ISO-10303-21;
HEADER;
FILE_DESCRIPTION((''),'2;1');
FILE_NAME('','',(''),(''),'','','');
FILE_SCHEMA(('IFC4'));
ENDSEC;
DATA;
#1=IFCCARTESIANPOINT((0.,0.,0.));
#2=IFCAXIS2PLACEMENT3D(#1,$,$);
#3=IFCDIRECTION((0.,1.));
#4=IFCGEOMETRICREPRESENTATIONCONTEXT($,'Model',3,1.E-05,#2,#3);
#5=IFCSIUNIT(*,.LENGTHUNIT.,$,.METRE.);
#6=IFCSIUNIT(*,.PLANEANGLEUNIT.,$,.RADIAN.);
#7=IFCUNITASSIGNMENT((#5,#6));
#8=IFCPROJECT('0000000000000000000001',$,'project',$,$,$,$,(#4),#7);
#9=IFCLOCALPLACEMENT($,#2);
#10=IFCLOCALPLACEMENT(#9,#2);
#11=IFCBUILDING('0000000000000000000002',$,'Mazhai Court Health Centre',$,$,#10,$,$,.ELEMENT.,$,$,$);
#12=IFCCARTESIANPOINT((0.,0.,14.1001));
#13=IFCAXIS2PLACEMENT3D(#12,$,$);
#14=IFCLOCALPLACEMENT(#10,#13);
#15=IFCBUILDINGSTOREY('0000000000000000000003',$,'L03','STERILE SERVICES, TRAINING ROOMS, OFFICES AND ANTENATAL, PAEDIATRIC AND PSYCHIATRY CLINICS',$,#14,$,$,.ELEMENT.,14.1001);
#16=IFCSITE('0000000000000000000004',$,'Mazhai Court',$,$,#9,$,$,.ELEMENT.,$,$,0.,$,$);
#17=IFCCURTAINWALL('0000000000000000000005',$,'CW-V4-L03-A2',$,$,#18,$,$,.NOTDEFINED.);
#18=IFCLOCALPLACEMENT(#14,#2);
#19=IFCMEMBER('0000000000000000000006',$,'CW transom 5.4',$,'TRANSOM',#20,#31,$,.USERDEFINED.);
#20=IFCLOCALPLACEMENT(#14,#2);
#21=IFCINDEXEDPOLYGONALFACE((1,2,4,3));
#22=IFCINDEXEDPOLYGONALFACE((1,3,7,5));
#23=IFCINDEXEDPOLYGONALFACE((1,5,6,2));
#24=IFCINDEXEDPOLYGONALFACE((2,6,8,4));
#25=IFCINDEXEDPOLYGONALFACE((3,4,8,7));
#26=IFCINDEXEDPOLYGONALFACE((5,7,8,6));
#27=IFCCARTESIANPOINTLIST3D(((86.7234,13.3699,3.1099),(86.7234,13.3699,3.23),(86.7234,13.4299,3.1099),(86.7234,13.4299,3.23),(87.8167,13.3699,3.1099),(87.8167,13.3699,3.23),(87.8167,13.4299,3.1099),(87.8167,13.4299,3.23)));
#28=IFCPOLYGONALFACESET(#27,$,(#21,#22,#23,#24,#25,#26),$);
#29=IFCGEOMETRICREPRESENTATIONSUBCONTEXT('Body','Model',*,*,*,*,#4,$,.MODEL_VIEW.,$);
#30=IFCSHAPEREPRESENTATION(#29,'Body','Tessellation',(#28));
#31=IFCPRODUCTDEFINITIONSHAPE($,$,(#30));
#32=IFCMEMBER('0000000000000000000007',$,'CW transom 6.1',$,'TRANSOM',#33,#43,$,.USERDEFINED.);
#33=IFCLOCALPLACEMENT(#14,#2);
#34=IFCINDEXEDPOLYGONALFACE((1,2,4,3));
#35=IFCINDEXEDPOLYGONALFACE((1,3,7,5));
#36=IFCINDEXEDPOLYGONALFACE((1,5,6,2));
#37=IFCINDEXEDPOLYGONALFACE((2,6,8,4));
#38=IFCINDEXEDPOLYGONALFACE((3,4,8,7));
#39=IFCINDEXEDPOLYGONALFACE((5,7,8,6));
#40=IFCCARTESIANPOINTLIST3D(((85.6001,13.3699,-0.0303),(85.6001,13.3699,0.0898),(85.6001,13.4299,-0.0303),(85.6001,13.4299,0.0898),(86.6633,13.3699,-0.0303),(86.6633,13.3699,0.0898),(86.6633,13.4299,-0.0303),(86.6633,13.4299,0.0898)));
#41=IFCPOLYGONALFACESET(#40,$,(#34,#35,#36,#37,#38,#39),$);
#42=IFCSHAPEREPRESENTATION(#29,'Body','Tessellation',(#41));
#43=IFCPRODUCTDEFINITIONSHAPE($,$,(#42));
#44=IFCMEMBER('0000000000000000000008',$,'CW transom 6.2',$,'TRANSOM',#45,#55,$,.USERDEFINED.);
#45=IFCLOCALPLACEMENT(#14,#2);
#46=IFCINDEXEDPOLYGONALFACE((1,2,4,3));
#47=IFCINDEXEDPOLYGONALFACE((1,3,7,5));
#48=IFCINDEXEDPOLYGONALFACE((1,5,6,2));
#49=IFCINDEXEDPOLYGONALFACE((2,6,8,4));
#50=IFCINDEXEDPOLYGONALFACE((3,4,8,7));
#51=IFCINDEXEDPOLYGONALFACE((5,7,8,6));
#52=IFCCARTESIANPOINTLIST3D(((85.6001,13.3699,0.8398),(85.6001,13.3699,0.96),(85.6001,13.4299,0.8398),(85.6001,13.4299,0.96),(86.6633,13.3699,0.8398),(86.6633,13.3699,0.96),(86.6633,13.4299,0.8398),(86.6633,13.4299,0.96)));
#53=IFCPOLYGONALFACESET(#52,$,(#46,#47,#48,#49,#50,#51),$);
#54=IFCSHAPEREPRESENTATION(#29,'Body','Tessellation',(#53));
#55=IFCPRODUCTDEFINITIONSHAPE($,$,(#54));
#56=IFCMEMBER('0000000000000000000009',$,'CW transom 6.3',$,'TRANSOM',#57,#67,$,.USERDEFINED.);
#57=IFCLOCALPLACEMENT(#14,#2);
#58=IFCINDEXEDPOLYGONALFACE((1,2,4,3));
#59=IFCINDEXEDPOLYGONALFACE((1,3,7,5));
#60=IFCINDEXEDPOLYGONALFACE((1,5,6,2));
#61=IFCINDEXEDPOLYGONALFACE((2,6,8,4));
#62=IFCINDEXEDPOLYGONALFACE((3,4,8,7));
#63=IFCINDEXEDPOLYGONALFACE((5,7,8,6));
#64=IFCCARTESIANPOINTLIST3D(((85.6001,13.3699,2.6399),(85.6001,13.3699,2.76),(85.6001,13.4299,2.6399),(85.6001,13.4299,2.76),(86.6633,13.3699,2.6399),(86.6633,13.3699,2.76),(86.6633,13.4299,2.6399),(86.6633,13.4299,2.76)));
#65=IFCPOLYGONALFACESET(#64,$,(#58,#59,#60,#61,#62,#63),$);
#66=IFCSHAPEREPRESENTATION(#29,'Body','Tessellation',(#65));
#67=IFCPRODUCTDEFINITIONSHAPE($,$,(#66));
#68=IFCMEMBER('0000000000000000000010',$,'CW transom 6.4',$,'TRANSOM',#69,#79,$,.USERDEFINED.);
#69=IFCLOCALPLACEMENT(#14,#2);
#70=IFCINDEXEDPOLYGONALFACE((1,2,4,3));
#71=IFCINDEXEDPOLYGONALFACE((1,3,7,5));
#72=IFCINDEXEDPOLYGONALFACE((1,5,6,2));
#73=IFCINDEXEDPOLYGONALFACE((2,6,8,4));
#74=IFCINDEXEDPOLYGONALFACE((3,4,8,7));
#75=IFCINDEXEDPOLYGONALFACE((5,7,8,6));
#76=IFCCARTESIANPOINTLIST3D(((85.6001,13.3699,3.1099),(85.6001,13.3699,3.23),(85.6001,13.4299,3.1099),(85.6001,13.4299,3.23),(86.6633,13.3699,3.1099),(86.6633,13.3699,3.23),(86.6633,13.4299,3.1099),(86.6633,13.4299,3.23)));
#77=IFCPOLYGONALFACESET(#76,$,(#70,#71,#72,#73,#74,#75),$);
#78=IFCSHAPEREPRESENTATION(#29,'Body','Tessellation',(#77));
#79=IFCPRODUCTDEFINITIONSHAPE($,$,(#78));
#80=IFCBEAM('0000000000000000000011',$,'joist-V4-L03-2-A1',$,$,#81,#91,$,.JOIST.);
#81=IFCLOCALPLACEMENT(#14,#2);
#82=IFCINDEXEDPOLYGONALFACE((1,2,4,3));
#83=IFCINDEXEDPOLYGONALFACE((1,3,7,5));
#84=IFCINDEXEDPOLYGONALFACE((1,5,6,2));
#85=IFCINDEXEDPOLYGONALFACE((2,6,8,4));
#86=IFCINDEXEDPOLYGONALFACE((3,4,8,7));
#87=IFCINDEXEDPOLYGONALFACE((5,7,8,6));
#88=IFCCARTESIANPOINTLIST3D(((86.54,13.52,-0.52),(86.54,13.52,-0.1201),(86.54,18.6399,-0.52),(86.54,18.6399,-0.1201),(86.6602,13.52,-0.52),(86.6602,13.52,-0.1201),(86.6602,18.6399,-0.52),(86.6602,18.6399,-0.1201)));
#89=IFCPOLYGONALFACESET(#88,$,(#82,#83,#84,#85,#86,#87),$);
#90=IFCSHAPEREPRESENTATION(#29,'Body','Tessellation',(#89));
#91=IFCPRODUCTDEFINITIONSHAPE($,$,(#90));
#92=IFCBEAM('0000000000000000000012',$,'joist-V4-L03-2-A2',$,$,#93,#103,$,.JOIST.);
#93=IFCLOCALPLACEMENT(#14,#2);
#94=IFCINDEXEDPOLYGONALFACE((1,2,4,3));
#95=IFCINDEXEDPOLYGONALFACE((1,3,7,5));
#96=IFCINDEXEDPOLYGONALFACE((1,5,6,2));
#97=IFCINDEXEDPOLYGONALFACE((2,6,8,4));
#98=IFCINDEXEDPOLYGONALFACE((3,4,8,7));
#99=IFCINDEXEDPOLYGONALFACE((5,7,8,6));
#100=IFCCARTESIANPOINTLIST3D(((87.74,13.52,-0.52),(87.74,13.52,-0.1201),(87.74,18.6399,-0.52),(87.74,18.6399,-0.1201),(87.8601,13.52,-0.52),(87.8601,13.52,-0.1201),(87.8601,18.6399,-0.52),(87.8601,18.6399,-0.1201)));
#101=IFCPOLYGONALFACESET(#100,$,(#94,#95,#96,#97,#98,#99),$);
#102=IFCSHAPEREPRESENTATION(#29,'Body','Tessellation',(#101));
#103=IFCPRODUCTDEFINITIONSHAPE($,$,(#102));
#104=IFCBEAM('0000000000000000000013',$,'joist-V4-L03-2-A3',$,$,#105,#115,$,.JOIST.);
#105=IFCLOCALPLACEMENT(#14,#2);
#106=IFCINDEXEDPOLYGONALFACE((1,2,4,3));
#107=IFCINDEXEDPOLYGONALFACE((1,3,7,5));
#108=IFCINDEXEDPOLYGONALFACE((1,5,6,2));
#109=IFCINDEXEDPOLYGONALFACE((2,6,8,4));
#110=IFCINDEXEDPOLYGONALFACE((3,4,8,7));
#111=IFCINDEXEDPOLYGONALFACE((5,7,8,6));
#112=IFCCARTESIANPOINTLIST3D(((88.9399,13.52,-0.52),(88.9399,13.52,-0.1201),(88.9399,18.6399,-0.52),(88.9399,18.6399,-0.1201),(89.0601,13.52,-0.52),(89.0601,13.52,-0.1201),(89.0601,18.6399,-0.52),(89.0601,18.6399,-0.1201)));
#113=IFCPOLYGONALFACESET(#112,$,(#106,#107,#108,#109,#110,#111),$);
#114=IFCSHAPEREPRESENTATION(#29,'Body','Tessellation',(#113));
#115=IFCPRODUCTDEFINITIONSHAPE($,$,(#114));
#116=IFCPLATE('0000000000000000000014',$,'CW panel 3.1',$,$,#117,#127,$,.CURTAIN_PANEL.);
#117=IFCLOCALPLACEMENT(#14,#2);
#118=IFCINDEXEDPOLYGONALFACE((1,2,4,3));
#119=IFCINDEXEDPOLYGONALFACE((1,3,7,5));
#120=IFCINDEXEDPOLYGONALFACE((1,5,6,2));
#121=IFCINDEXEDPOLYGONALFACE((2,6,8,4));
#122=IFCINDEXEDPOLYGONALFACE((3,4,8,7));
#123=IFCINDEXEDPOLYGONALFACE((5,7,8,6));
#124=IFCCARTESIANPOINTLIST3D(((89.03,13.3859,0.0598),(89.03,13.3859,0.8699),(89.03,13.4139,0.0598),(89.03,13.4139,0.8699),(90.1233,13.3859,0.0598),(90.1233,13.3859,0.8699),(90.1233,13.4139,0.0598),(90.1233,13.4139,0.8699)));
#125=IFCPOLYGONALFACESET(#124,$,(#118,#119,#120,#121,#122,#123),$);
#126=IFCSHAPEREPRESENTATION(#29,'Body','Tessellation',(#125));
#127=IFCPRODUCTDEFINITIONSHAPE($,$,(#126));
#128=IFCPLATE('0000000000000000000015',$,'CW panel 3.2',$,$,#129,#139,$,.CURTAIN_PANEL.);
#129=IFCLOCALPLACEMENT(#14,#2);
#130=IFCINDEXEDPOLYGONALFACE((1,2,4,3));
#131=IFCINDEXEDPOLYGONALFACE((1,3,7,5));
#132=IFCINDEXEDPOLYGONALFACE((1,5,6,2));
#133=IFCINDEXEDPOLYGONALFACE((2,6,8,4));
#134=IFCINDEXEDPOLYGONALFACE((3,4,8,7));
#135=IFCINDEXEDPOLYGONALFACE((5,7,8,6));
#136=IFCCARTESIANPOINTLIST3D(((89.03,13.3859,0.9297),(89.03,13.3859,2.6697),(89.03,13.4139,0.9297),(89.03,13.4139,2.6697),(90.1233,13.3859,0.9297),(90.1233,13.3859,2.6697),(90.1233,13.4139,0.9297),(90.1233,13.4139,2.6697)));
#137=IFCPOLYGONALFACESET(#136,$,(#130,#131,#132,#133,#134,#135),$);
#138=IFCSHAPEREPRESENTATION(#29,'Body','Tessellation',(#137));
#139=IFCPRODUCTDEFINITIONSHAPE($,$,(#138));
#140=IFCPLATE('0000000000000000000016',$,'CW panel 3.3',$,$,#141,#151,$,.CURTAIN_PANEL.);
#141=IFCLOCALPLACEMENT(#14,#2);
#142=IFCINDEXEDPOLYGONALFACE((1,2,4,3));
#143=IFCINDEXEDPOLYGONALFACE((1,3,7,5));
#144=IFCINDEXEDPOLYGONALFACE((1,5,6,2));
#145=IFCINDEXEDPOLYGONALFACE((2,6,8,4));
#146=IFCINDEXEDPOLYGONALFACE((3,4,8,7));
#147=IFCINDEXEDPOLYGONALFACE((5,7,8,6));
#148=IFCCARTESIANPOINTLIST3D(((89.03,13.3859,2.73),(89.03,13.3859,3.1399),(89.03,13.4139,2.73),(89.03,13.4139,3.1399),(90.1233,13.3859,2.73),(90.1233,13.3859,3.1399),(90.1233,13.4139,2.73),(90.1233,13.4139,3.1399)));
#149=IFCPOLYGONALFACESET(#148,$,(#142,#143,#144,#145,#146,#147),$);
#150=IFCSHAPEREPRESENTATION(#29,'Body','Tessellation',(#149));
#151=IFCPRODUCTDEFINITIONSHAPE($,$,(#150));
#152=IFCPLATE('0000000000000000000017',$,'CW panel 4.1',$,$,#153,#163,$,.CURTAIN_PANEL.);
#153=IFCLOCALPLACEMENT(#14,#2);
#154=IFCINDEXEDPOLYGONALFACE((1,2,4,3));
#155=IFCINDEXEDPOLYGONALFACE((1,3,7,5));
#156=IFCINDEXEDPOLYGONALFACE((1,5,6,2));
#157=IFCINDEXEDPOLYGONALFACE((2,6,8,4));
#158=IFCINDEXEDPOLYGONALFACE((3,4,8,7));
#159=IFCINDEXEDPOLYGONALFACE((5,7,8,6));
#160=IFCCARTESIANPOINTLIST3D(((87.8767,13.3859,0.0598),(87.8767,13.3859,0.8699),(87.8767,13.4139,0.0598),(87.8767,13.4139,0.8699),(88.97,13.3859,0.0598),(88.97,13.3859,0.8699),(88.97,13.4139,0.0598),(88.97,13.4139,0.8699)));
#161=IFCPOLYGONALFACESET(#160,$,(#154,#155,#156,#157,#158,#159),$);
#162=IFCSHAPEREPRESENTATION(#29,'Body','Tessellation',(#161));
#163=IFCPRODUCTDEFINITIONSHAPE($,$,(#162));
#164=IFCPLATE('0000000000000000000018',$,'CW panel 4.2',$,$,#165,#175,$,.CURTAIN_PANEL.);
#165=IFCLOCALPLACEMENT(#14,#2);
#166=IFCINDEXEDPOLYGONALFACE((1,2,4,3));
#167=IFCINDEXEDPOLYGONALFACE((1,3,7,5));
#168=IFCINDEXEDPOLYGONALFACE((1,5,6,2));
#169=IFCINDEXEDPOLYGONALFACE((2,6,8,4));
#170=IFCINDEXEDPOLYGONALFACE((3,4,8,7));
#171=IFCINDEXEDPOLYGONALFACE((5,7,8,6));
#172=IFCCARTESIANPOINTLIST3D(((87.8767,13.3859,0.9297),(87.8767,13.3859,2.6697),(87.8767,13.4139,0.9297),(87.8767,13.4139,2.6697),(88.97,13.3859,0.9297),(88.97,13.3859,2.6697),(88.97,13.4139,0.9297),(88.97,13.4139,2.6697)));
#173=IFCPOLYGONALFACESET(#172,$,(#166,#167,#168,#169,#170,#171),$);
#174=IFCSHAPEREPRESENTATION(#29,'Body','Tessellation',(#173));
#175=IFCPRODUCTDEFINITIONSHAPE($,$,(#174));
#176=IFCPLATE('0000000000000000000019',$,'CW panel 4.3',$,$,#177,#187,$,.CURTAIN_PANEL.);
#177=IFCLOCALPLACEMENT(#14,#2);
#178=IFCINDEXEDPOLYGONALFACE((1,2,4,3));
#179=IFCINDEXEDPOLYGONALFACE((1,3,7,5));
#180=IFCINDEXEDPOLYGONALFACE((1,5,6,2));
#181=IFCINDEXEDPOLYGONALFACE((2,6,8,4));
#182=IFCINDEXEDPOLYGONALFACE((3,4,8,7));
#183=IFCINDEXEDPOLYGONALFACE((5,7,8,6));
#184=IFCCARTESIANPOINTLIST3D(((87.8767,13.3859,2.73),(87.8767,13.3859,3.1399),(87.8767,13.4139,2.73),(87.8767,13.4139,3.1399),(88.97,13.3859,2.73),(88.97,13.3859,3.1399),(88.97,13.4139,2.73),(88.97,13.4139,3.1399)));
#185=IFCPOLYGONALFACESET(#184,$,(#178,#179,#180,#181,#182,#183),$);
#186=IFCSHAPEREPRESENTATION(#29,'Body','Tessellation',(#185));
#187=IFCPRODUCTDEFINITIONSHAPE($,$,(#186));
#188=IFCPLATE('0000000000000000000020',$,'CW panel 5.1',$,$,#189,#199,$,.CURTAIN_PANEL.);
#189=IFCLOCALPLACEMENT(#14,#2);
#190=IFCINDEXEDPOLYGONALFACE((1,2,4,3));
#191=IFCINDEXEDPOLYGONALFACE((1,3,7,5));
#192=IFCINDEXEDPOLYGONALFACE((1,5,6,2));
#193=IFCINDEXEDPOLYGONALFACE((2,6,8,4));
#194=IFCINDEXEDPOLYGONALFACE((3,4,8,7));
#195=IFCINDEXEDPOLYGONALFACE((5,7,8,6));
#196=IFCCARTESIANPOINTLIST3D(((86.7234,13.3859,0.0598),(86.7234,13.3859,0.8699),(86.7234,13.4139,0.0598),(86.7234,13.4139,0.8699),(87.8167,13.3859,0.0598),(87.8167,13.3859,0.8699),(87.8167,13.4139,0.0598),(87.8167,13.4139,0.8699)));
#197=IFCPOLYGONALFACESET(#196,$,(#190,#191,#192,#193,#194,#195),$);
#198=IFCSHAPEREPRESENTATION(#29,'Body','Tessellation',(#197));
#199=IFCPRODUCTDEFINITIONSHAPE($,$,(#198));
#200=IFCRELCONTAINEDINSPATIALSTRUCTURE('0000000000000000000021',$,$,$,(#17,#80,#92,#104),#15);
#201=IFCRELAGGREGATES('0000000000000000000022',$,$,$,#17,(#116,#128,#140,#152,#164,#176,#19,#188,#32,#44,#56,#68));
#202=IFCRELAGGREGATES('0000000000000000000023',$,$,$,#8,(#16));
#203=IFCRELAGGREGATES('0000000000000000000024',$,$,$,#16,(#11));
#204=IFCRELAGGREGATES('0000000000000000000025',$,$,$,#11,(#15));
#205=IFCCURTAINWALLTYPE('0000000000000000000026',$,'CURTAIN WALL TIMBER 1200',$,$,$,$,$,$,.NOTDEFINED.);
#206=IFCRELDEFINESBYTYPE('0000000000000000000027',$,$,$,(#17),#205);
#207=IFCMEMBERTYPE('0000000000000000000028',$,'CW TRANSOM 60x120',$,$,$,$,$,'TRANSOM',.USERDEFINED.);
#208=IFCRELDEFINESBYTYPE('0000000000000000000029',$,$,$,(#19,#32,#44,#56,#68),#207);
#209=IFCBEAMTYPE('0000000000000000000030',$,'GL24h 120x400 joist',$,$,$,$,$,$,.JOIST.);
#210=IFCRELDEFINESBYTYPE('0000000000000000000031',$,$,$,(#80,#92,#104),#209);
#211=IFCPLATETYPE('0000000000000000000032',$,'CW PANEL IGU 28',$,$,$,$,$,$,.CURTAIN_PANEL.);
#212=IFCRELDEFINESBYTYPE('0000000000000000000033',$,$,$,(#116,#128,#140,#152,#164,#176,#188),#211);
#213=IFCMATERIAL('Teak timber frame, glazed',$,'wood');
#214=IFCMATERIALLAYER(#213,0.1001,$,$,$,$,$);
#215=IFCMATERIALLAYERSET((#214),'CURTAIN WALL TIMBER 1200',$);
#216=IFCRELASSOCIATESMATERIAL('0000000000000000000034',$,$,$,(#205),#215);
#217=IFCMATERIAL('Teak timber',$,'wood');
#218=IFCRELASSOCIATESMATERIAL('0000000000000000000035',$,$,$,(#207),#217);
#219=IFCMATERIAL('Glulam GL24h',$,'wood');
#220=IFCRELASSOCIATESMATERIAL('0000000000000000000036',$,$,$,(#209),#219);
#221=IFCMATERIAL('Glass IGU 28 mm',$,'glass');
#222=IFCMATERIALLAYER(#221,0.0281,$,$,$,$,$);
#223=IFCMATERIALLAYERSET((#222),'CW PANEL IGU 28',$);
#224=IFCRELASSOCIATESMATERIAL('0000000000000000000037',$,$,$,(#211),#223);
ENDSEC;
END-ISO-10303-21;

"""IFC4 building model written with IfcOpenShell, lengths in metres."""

from ifc_helpers import new_model, si_unit, direction, frame, origin, origin_2d, place, context, subcontext, project, spatial, rectangle, extrude, material, layer, layer_set, material_profile, profile_set, type_object, element, aggregate, save


model = new_model("IFC4")

# Units and contexts
model_context = context("Model", 3, precision=1e-05, world=origin(), true_north=direction((0.0, 1.0)))
body_context = subcontext(model_context, "Body", "Model", "MODEL_VIEW")
ifc_project = project(units=[si_unit("LENGTHUNIT", "METRE"), si_unit("PLANEANGLEUNIT", "RADIAN")], contexts=[model_context])

# Site, building, storey
site_placement = place(None, origin())
site = spatial("IfcSite", under=ifc_project, at=site_placement, Name="Mazhai Court", CompositionType="ELEMENT", RefElevation=0.0)
building_placement = place(site_placement, origin())
building = spatial("IfcBuilding", under=site, at=building_placement, Name="Mazhai Court Health Centre", CompositionType="ELEMENT")
storey_placement = place(building_placement, frame((0.0, 0.0, 14.1001)))
storey = spatial("IfcBuildingStorey", under=building, at=storey_placement, Name="L03", Description="STERILE SERVICES, TRAINING ROOMS, OFFICES AND ANTENATAL, PAEDIATRIC AND PSYCHIATRY CLINICS", CompositionType="ELEMENT", Elevation=14.1001)

# Curtain wall, members
ifc_material_1 = material(Name="Teak timber frame, glazed", Category="wood")
ifc_layer_1 = layer(ifc_material_1, 0.1001)
ifc_layer_set_1 = layer_set([ifc_layer_1], Name="CURTAIN WALL TIMBER 1200")
curtain_wall_type = type_object("IfcCurtainWallType", Name="CURTAIN WALL TIMBER 1200", PredefinedType="NOTDEFINED", material=ifc_layer_set_1)
curtain_wall_placement = place(storey_placement, origin())
curtain_wall = element("IfcCurtainWall", 1, at=curtain_wall_placement, inside=storey, type_object=curtain_wall_type, Name="CW-V4-L03-A2", PredefinedType="NOTDEFINED")
ifc_material_2 = material(Name="Teak timber", Category="wood")
ifc_material_profile_1 = material_profile(ifc_material_2, rectangle(XDim=0.0601, YDim=0.1201, at=origin_2d()), Name="CW TRANSOM 60x120")
ifc_profile_set_1 = profile_set([ifc_material_profile_1], Name="Teak timber")
member_type_1 = type_object("IfcMemberType", Name="CW TRANSOM 60x120", ElementType="TRANSOM", PredefinedType="USERDEFINED", material=ifc_profile_set_1)
member_1_placement = place(storey_placement, frame((87.8167, 13.3999, 3.1699), z_axis=(-1.0, 0.0, 0.0), x_axis=(0.0, -1.0, 0.0)))
member_1 = element("IfcMember", 2, at=member_1_placement, type_object=member_type_1, Name="CW transom 5.4", ObjectType="TRANSOM", PredefinedType="USERDEFINED", context=body_context, shape_type="SweptSolid", body=[
    extrude(rectangle(XDim=0.0601, YDim=0.1201, at=origin_2d()), origin(), (0.0, 0.0, 1.0), 1.0933),
])
member_2_placement = place(storey_placement, frame((86.6633, 13.3999, 0.0298), z_axis=(-1.0, 0.0, 0.0), x_axis=(0.0, -1.0, 0.0)))
member_2 = element("IfcMember", 3, at=member_2_placement, type_object=member_type_1, Name="CW transom 6.1", ObjectType="TRANSOM", PredefinedType="USERDEFINED", context=body_context, shape_type="SweptSolid", body=[
    extrude(rectangle(XDim=0.0601, YDim=0.1201, at=origin_2d()), origin(), (0.0, 0.0, 1.0), 1.0632),
])
member_3_placement = place(storey_placement, frame((86.6633, 13.3999, 0.8999), z_axis=(-1.0, 0.0, 0.0), x_axis=(0.0, -1.0, 0.0)))
member_3 = element("IfcMember", 4, at=member_3_placement, type_object=member_type_1, Name="CW transom 6.2", ObjectType="TRANSOM", PredefinedType="USERDEFINED", context=body_context, shape_type="SweptSolid", body=[
    extrude(rectangle(XDim=0.0601, YDim=0.1201, at=origin_2d()), origin(), (0.0, 0.0, 1.0), 1.0632),
])
member_4_placement = place(storey_placement, frame((86.6633, 13.3999, 2.7), z_axis=(-1.0, 0.0, 0.0), x_axis=(0.0, -1.0, 0.0)))
member_4 = element("IfcMember", 5, at=member_4_placement, type_object=member_type_1, Name="CW transom 6.3", ObjectType="TRANSOM", PredefinedType="USERDEFINED", context=body_context, shape_type="SweptSolid", body=[
    extrude(rectangle(XDim=0.0601, YDim=0.1201, at=origin_2d()), origin(), (0.0, 0.0, 1.0), 1.0632),
])
member_5_placement = place(storey_placement, frame((86.6633, 13.3999, 3.1699), z_axis=(-1.0, 0.0, 0.0), x_axis=(0.0, -1.0, 0.0)))
member_5 = element("IfcMember", 6, at=member_5_placement, type_object=member_type_1, Name="CW transom 6.4", ObjectType="TRANSOM", PredefinedType="USERDEFINED", context=body_context, shape_type="SweptSolid", body=[
    extrude(rectangle(XDim=0.0601, YDim=0.1201, at=origin_2d()), origin(), (0.0, 0.0, 1.0), 1.0632),
])

# Beams
ifc_material_3 = material(Name="Glulam GL24h", Category="wood")
ifc_material_profile_2 = material_profile(ifc_material_3, rectangle(XDim=0.1201, YDim=0.3999, at=origin_2d()), Name="GL24h 120x400")
ifc_profile_set_2 = profile_set([ifc_material_profile_2], Name="Glulam GL24h")
beam_type = type_object("IfcBeamType", Name="GL24h 120x400 joist", PredefinedType="JOIST", material=ifc_profile_set_2)
for number, where, z_axis, x_axis, name in (
    (7, (86.6001, 13.52, -0.3201), (0.0, 1.0, 0.0), (-1.0, 0.0, 0.0), "joist-V4-L03-2-A1"),
    (8, (87.8, 13.52, -0.3201), (0.0, 1.0, 0.0), (-1.0, 0.0, 0.0), "joist-V4-L03-2-A2"),
    (9, (89.0, 13.52, -0.3201), (0.0, 1.0, 0.0), (-1.0, 0.0, 0.0), "joist-V4-L03-2-A3"),
):
    element("IfcBeam", number, at=place(storey_placement, frame(where, z_axis=z_axis, x_axis=x_axis)), inside=storey, type_object=beam_type, Name=name, PredefinedType="JOIST", context=body_context, shape_type="SweptSolid", body=[
        extrude(rectangle(XDim=0.1201, YDim=0.3999, at=origin_2d()), origin(), (0.0, 0.0, 1.0), 5.1199),
    ])

# Plates
ifc_material_4 = material(Name="Glass IGU 28 mm", Category="glass")
ifc_layer_2 = layer(ifc_material_4, 0.0281)
ifc_layer_set_2 = layer_set([ifc_layer_2], Name="CW PANEL IGU 28")
plate_type = type_object("IfcPlateType", Name="CW PANEL IGU 28", PredefinedType="CURTAIN_PANEL", material=ifc_layer_set_2)
plate_1_placement = place(storey_placement, frame((89.5767, 13.3999, 0.0598), z_axis=(0.0, 0.0, 1.0), x_axis=(-1.0, 0.0, 0.0)))
plate_1 = element("IfcPlate", 10, at=plate_1_placement, type_object=plate_type, Name="CW panel 3.1", PredefinedType="CURTAIN_PANEL", context=body_context, shape_type="SweptSolid", body=[
    extrude(rectangle(XDim=1.0933, YDim=0.0281, at=origin_2d()), origin(), (0.0, 0.0, 1.0), 0.8101),
])
plate_2_placement = place(storey_placement, frame((89.5767, 13.3999, 0.9297), z_axis=(0.0, 0.0, 1.0), x_axis=(-1.0, 0.0, 0.0)))
plate_2 = element("IfcPlate", 11, at=plate_2_placement, type_object=plate_type, Name="CW panel 3.2", PredefinedType="CURTAIN_PANEL", context=body_context, shape_type="SweptSolid", body=[
    extrude(rectangle(XDim=1.0933, YDim=0.0281, at=origin_2d()), origin(), (0.0, 0.0, 1.0), 1.74),
])
plate_3_placement = place(storey_placement, frame((89.5767, 13.3999, 2.73), z_axis=(0.0, 0.0, 1.0), x_axis=(-1.0, 0.0, 0.0)))
plate_3 = element("IfcPlate", 12, at=plate_3_placement, type_object=plate_type, Name="CW panel 3.3", PredefinedType="CURTAIN_PANEL", context=body_context, shape_type="SweptSolid", body=[
    extrude(rectangle(XDim=1.0933, YDim=0.0281, at=origin_2d()), origin(), (0.0, 0.0, 1.0), 0.4099),
])
plate_4_placement = place(storey_placement, frame((88.4233, 13.3999, 0.0598), z_axis=(0.0, 0.0, 1.0), x_axis=(-1.0, 0.0, 0.0)))
plate_4 = element("IfcPlate", 13, at=plate_4_placement, type_object=plate_type, Name="CW panel 4.1", PredefinedType="CURTAIN_PANEL", context=body_context, shape_type="SweptSolid", body=[
    extrude(rectangle(XDim=1.0933, YDim=0.0281, at=origin_2d()), origin(), (0.0, 0.0, 1.0), 0.8101),
])
plate_5_placement = place(storey_placement, frame((88.4233, 13.3999, 0.9297), z_axis=(0.0, 0.0, 1.0), x_axis=(-1.0, 0.0, 0.0)))
plate_5 = element("IfcPlate", 14, at=plate_5_placement, type_object=plate_type, Name="CW panel 4.2", PredefinedType="CURTAIN_PANEL", context=body_context, shape_type="SweptSolid", body=[
    extrude(rectangle(XDim=1.0933, YDim=0.0281, at=origin_2d()), origin(), (0.0, 0.0, 1.0), 1.74),
])
plate_6_placement = place(storey_placement, frame((88.4233, 13.3999, 2.73), z_axis=(0.0, 0.0, 1.0), x_axis=(-1.0, 0.0, 0.0)))
plate_6 = element("IfcPlate", 15, at=plate_6_placement, type_object=plate_type, Name="CW panel 4.3", PredefinedType="CURTAIN_PANEL", context=body_context, shape_type="SweptSolid", body=[
    extrude(rectangle(XDim=1.0933, YDim=0.0281, at=origin_2d()), origin(), (0.0, 0.0, 1.0), 0.4099),
])
plate_7_placement = place(storey_placement, frame((87.27, 13.3999, 0.0598), z_axis=(0.0, 0.0, 1.0), x_axis=(-1.0, 0.0, 0.0)))
plate_7 = element("IfcPlate", 16, at=plate_7_placement, type_object=plate_type, Name="CW panel 5.1", PredefinedType="CURTAIN_PANEL", context=body_context, shape_type="SweptSolid", body=[
    extrude(rectangle(XDim=1.0933, YDim=0.0281, at=origin_2d()), origin(), (0.0, 0.0, 1.0), 0.8101),
])
aggregate(curtain_wall, [plate_1, plate_2, plate_3, plate_4, plate_5, plate_6, member_1, plate_7, member_2, member_3, member_4, member_5])

save(model, "model.ifc")
